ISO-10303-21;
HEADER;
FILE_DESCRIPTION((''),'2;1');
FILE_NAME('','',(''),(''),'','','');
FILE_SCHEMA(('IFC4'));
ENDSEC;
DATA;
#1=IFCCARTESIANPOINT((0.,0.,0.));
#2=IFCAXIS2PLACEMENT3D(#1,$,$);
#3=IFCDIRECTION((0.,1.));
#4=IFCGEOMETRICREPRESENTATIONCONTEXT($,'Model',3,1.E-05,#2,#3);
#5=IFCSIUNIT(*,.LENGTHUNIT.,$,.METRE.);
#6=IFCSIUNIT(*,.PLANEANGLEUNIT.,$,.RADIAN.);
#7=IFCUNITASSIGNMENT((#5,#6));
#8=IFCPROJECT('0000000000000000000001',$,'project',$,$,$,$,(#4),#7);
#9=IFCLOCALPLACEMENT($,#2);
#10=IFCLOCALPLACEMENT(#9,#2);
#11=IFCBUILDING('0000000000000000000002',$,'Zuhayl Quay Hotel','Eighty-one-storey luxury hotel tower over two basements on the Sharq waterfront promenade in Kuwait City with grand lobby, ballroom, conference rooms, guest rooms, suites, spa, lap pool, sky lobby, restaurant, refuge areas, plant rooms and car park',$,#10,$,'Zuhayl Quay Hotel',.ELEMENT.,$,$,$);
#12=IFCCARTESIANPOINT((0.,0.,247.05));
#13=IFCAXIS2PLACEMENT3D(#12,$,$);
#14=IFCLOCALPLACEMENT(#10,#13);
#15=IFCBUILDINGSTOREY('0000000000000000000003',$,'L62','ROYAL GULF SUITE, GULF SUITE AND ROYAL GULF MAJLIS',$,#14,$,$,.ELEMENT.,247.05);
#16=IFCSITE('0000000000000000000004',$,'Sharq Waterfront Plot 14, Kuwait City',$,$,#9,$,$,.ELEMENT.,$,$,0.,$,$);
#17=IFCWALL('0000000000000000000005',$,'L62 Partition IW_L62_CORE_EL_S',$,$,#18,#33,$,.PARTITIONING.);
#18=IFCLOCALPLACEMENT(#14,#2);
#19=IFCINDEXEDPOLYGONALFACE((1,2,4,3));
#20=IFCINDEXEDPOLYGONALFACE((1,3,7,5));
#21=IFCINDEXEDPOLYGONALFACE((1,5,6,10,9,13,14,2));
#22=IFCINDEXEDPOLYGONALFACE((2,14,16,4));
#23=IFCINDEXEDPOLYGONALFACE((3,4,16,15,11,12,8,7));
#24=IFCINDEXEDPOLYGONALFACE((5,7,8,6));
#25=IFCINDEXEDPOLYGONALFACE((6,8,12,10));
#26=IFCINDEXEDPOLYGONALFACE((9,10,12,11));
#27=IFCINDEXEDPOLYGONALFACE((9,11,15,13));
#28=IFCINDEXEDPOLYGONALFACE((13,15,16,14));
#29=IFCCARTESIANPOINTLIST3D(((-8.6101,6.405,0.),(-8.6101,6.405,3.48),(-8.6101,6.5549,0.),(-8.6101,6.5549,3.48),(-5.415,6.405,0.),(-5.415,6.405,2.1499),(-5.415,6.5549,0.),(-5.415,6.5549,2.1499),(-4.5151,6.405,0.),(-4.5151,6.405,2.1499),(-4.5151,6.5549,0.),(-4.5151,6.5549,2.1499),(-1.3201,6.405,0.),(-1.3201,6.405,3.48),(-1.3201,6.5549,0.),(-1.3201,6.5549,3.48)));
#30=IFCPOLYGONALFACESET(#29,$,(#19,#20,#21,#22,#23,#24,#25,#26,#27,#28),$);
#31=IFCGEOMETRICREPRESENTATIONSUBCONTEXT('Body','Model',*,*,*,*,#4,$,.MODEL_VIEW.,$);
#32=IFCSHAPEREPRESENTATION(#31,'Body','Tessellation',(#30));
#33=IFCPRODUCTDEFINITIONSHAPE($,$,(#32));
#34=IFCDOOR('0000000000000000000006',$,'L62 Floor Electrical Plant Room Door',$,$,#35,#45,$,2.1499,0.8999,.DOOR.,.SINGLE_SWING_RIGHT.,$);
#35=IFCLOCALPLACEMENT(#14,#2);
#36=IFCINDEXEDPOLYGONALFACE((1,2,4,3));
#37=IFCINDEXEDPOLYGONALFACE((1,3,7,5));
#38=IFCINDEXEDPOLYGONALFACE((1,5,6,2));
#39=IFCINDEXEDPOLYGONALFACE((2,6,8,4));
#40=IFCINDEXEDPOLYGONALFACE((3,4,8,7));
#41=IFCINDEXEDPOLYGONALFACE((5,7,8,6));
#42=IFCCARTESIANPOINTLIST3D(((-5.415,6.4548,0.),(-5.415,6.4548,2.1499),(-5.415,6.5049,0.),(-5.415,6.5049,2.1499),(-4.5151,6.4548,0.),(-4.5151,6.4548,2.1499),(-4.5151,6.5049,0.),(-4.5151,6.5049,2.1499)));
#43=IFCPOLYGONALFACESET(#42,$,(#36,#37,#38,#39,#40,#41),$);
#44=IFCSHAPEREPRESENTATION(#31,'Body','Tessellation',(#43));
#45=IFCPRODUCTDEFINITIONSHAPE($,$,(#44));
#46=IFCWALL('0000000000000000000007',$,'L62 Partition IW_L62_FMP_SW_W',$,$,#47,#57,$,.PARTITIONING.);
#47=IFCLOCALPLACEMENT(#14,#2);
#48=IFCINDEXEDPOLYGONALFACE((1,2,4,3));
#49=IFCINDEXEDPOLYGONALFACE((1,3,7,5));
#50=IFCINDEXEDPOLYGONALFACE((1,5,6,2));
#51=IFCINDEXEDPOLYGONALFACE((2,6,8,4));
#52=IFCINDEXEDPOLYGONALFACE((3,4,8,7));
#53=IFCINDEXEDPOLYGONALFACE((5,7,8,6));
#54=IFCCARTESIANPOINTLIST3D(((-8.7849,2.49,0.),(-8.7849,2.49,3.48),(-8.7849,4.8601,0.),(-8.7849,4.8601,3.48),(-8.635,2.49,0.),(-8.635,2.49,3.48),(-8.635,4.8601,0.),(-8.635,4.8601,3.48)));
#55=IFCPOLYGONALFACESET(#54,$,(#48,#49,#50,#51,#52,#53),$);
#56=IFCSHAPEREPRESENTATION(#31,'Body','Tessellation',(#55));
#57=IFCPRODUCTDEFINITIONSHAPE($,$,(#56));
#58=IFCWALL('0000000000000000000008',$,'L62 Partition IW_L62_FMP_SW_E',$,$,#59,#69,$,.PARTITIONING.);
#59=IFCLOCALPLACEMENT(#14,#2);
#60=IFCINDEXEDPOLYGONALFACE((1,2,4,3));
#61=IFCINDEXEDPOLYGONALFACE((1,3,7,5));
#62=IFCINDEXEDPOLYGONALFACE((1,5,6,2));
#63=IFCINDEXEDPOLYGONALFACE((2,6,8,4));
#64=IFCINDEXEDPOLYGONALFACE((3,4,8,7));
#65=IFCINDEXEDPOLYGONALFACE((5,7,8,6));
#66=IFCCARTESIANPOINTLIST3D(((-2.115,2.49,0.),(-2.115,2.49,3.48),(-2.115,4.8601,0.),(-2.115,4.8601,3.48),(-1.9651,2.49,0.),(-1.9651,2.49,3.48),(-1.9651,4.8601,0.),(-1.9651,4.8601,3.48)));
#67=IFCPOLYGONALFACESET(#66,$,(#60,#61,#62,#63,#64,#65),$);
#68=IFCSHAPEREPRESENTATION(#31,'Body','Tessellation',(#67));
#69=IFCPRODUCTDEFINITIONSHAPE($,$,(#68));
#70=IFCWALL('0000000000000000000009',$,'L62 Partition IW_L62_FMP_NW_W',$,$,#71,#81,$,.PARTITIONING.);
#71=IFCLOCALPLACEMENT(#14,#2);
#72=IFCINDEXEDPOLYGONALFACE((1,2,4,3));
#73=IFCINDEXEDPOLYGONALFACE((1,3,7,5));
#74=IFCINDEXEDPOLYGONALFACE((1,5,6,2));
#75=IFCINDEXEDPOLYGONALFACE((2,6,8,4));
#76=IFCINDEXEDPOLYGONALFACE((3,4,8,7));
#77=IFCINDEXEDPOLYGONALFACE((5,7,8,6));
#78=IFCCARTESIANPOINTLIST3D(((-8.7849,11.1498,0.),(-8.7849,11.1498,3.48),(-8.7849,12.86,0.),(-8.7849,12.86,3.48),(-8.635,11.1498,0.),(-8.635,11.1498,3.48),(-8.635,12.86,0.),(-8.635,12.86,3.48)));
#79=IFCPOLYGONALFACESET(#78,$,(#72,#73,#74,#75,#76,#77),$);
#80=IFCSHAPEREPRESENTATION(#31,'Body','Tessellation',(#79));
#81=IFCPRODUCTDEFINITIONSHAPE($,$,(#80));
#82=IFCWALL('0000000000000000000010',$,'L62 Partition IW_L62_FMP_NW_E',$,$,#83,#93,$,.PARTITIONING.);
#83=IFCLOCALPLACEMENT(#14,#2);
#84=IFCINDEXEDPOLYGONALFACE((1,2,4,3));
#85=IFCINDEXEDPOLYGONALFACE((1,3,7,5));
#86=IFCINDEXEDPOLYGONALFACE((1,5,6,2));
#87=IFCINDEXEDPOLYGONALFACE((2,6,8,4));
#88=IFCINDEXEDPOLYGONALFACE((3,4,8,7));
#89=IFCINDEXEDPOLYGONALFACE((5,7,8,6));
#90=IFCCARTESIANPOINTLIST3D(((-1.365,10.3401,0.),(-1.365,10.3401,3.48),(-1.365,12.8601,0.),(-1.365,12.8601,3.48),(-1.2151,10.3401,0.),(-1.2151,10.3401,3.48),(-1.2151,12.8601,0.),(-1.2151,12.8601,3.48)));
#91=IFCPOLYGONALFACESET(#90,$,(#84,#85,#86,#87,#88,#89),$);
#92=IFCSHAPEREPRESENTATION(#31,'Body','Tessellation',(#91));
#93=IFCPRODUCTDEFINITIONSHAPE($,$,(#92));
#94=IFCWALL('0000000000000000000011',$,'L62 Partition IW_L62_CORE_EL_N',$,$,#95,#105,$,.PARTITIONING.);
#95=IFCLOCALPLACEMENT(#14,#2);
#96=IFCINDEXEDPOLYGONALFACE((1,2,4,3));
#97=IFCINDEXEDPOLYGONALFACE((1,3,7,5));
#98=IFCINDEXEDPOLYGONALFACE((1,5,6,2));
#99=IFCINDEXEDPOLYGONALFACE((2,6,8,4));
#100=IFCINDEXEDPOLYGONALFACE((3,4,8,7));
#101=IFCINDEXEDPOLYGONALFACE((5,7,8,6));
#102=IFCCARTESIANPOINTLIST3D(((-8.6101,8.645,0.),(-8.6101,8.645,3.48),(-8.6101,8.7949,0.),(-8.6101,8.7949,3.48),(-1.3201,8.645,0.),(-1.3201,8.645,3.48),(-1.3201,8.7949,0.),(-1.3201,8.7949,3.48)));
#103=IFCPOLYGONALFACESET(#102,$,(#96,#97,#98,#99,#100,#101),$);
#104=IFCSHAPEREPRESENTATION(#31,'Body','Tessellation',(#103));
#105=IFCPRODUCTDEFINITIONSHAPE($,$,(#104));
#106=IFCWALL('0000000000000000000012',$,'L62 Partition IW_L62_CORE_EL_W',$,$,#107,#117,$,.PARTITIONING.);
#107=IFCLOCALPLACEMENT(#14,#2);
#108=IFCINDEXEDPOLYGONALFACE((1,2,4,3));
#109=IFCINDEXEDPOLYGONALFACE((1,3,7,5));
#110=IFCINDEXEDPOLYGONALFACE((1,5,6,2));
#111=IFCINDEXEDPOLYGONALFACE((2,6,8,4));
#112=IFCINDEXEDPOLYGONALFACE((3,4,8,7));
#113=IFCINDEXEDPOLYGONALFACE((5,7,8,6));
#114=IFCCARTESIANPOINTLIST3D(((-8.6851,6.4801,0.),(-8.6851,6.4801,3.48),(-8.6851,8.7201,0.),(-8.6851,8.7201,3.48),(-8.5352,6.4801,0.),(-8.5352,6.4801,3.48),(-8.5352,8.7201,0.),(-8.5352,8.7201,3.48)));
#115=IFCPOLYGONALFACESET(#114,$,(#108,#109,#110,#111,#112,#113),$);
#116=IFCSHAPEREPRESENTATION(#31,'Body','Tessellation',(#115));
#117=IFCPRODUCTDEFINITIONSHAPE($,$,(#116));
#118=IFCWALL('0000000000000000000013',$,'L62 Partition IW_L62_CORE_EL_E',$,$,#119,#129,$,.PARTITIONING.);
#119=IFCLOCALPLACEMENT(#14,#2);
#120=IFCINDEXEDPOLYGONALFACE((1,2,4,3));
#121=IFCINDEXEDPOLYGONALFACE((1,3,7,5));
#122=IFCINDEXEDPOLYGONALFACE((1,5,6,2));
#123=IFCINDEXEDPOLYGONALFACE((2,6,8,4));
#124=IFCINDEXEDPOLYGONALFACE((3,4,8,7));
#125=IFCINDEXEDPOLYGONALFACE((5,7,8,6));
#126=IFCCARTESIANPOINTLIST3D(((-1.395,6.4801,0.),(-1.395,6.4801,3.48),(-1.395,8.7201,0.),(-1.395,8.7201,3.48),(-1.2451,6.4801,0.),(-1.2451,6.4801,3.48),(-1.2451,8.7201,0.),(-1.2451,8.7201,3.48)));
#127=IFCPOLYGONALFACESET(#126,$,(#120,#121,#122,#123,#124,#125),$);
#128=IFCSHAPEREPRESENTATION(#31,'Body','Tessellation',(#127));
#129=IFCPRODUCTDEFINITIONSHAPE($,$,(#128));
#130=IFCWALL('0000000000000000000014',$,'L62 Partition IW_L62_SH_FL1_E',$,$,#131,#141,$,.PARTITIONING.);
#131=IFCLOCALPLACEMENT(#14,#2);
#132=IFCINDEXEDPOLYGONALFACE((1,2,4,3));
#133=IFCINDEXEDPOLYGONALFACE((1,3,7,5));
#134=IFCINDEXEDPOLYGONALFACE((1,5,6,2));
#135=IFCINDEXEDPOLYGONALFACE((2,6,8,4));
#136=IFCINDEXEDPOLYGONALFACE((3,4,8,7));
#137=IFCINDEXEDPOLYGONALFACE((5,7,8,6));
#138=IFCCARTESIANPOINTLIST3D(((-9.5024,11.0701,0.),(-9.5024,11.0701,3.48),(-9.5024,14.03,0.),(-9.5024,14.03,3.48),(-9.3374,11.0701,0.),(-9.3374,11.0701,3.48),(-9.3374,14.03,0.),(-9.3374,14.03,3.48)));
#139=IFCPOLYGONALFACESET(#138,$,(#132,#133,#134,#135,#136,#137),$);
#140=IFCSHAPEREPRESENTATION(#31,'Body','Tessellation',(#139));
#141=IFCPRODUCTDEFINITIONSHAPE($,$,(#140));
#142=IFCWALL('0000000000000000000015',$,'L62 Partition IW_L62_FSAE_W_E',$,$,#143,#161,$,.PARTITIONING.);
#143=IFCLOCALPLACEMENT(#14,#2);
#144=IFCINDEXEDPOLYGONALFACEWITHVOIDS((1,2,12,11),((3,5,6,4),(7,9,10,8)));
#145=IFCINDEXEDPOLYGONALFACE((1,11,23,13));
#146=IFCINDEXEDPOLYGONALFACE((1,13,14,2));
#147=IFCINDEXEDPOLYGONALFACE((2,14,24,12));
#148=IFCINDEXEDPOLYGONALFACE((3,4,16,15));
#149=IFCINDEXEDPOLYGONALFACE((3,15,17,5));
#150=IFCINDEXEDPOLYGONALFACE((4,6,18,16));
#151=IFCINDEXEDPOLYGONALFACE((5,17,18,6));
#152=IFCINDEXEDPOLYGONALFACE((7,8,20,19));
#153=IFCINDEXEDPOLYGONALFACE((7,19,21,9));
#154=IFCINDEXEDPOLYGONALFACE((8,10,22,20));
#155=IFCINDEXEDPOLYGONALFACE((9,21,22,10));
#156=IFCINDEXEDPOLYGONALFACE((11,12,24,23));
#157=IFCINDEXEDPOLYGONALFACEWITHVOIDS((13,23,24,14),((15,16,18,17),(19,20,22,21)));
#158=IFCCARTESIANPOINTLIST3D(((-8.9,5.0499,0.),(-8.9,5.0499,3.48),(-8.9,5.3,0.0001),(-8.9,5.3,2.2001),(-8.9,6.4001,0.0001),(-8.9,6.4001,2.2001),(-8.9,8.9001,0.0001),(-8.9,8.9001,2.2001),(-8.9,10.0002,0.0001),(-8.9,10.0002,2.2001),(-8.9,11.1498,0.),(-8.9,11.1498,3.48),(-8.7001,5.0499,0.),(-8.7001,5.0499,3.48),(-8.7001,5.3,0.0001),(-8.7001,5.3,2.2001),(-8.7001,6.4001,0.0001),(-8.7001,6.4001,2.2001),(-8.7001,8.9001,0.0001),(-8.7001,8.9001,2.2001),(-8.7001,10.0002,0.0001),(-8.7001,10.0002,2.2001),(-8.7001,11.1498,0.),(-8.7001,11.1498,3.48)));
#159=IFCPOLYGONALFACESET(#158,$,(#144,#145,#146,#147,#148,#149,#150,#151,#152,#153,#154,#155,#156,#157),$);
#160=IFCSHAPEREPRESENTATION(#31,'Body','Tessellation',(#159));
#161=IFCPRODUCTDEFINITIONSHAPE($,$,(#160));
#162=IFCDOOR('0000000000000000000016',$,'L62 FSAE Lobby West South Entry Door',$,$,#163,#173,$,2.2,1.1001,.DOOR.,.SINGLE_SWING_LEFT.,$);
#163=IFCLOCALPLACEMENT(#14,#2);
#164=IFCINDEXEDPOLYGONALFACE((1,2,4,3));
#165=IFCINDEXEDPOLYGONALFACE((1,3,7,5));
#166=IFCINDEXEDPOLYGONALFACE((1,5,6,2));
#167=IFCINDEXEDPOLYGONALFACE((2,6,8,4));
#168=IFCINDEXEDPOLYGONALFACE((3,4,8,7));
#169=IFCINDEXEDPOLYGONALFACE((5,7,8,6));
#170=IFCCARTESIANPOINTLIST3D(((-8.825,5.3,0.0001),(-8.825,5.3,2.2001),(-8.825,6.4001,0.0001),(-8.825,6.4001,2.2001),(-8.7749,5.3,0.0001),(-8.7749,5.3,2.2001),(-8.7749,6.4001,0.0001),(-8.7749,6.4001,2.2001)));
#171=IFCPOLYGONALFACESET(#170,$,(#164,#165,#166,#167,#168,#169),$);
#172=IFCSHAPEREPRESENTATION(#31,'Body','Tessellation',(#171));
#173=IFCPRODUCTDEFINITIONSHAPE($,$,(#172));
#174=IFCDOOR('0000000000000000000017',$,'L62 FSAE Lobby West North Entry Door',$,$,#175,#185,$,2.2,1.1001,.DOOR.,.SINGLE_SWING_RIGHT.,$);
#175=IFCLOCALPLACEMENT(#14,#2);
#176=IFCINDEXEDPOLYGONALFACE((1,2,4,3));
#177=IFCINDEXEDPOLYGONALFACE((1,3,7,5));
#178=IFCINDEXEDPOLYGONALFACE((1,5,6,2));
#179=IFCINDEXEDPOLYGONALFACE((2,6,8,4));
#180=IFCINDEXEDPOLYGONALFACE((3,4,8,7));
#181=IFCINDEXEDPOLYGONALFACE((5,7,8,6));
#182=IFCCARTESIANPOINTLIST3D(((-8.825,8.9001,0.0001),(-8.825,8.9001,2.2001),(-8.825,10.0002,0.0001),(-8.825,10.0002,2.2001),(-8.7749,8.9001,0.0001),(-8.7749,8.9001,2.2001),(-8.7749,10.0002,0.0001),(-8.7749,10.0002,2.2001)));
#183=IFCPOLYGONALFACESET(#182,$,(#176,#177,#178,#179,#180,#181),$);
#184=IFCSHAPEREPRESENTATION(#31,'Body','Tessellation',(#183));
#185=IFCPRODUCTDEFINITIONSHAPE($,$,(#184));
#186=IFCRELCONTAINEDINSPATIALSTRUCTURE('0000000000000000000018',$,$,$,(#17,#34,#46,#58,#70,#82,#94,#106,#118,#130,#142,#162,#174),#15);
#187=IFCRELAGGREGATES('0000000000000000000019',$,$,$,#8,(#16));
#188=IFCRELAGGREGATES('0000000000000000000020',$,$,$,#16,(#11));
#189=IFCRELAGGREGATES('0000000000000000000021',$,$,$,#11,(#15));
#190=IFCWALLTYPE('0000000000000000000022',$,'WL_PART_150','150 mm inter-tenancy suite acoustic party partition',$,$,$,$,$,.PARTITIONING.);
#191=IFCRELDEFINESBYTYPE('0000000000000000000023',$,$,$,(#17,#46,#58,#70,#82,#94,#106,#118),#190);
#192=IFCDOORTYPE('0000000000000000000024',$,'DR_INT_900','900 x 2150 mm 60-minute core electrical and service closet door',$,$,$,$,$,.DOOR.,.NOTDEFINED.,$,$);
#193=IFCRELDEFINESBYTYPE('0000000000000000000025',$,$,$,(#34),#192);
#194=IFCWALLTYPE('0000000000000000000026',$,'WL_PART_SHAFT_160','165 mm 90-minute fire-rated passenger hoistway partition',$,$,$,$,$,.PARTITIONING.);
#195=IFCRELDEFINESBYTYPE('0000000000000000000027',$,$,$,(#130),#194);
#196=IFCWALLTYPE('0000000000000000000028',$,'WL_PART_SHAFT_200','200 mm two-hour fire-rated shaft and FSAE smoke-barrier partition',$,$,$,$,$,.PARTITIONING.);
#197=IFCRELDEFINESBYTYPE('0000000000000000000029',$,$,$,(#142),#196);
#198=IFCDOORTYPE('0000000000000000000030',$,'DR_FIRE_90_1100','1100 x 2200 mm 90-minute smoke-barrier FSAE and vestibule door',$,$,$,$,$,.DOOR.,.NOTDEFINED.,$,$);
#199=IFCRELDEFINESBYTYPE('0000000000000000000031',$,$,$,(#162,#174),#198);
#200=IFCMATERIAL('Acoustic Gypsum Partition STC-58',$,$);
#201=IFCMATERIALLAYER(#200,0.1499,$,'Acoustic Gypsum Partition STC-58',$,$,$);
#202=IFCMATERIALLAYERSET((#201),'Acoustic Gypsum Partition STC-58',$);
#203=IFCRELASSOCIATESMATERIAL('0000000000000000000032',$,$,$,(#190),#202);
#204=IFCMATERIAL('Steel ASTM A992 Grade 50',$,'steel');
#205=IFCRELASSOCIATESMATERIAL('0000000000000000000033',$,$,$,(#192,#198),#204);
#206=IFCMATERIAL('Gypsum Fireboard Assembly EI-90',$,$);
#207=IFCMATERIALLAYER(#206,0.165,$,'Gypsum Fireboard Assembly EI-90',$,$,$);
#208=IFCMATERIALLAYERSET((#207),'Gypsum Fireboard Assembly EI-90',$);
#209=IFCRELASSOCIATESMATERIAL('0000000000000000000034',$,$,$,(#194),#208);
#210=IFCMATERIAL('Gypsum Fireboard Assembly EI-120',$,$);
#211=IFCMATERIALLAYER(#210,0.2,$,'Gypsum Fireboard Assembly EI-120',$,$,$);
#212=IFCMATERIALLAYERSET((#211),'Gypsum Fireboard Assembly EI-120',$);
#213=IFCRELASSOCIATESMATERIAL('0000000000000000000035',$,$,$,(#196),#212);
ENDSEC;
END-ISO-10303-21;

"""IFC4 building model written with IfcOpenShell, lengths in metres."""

from ifc_helpers import new_model, si_unit, direction, frame, frame_2d, origin, place, context, subcontext, project, spatial, rectangle, extrude, material, layer, layer_set, type_object, element, fill, save


model = new_model("IFC4")

# Units and contexts
model_context = context("Model", 3, precision=1e-05, world=origin(), true_north=direction((0.0, 1.0)))
body_context = subcontext(model_context, "Body", "Model", "MODEL_VIEW")
ifc_project = project(units=[si_unit("LENGTHUNIT", "METRE"), si_unit("PLANEANGLEUNIT", "RADIAN")], contexts=[model_context])

# Site, building, storey
site_placement = place(None, origin())
site = spatial("IfcSite", under=ifc_project, at=site_placement, Name="Sharq Waterfront Plot 14, Kuwait City", CompositionType="ELEMENT", RefElevation=0.0)
building_placement = place(site_placement, origin())
building = spatial("IfcBuilding", under=site, at=building_placement, Name="Zuhayl Quay Hotel", Description="Eighty-one-storey luxury hotel tower over two basements on the Sharq waterfront promenade in Kuwait City with grand lobby, ballroom, conference rooms, guest rooms, suites, spa, lap pool, sky lobby, restaurant, refuge areas, plant rooms and car park", LongName="Zuhayl Quay Hotel", CompositionType="ELEMENT")
storey_placement = place(building_placement, frame((0.0, 0.0, 247.05)))
storey = spatial("IfcBuildingStorey", under=building, at=storey_placement, Name="L62", Description="ROYAL GULF SUITE, GULF SUITE AND ROYAL GULF MAJLIS", CompositionType="ELEMENT", Elevation=247.05)

# Wall, opening, door
ifc_material_1 = material(Name="Acoustic Gypsum Partition STC-58")
ifc_layer_1 = layer(ifc_material_1, 0.1499, Name="Acoustic Gypsum Partition STC-58")
ifc_layer_set_1 = layer_set([ifc_layer_1], Name="Acoustic Gypsum Partition STC-58")
wall_type_1 = type_object("IfcWallType", Name="WL_PART_150", Description="150 mm inter-tenancy suite acoustic party partition", PredefinedType="PARTITIONING", material=ifc_layer_set_1)
ifc_material_2 = material(Name="Steel ASTM A992 Grade 50", Category="steel")
door_type_1 = type_object("IfcDoorType", Name="DR_INT_900", Description="900 x 2150 mm 60-minute core electrical and service closet door", OperationType="NOTDEFINED", PredefinedType="DOOR", material=ifc_material_2)
wall_1_placement = place(storey_placement, frame((-8.6101, 6.48, 0.0), z_axis=(0.0, 0.0, 1.0), x_axis=(1.0, 0.0, 0.0)))
wall_1 = element("IfcWall", 1, at=wall_1_placement, inside=storey, type_object=wall_type_1, Name="L62 Partition IW_L62_CORE_EL_S", PredefinedType="PARTITIONING", context=body_context, shape_type="SweptSolid", body=[
    extrude(rectangle(XDim=7.29, YDim=0.1499, at=frame_2d((3.645, 0.0))), origin(), (0.0, 0.0, 1.0), 3.48),
])
opening_1_placement = place(wall_1_placement, frame((3.1951, 0.0, 0.0)))
opening_1 = element("IfcOpeningElement", 2, at=opening_1_placement, cuts=wall_1, PredefinedType="OPENING", context=body_context, shape_type="SweptSolid", body=[
    extrude(rectangle(XDim=0.8999, YDim=2.1499, at=frame_2d((0.45, 1.075))), frame((0.0, 0.085, 0.0), z_axis=(0.0, -1.0, 0.0), x_axis=(1.0, 0.0, 0.0)), (0.0, 0.0, 1.0), 0.1699),
])
door_1_placement = place(opening_1_placement, origin())
door_1 = element("IfcDoor", 3, at=door_1_placement, inside=storey, type_object=door_type_1, Name="L62 Floor Electrical Plant Room Door", OperationType="SINGLE_SWING_RIGHT", OverallHeight=2.1499, OverallWidth=0.8999, PredefinedType="DOOR", context=body_context, shape_type="SweptSolid", body=[
    extrude(rectangle(XDim=0.8999, YDim=2.1499, at=frame_2d((0.45, 1.075))), frame((0.0, 0.0249, 0.0), z_axis=(0.0, -1.0, 0.0), x_axis=(1.0, 0.0, 0.0)), (0.0, 0.0, 1.0), 0.05),
])
fill(opening_1, door_1)

# Walls
for number, where, z_axis, x_axis, name in (
    (4, (-8.71, 2.49, 0.0), (0.0, 0.0, 1.0), (0.0, 1.0, 0.0), "L62 Partition IW_L62_FMP_SW_W"),
    (5, (-2.04, 2.49, 0.0), (0.0, 0.0, 1.0), (0.0, 1.0, 0.0), "L62 Partition IW_L62_FMP_SW_E"),
):
    element("IfcWall", number, at=place(storey_placement, frame(where, z_axis=z_axis, x_axis=x_axis)), inside=storey, type_object=wall_type_1, Name=name, PredefinedType="PARTITIONING", context=body_context, shape_type="SweptSolid", body=[
        extrude(rectangle(XDim=2.3701, YDim=0.1499, at=frame_2d((1.1851, 0.0))), origin(), (0.0, 0.0, 1.0), 3.48),
    ])
wall_2_placement = place(storey_placement, frame((-8.71, 11.1499, 0.0), z_axis=(0.0, 0.0, 1.0), x_axis=(0.0, 1.0, 0.0)))
element("IfcWall", 6, at=wall_2_placement, inside=storey, type_object=wall_type_1, Name="L62 Partition IW_L62_FMP_NW_W", PredefinedType="PARTITIONING", context=body_context, shape_type="SweptSolid", body=[
    extrude(rectangle(XDim=1.7102, YDim=0.1499, at=frame_2d((0.855, 0.0))), origin(), (0.0, 0.0, 1.0), 3.48),
])
wall_3_placement = place(storey_placement, frame((-1.29, 10.3401, 0.0), z_axis=(0.0, 0.0, 1.0), x_axis=(0.0, 1.0, 0.0)))
element("IfcWall", 7, at=wall_3_placement, inside=storey, type_object=wall_type_1, Name="L62 Partition IW_L62_FMP_NW_E", PredefinedType="PARTITIONING", context=body_context, shape_type="SweptSolid", body=[
    extrude(rectangle(XDim=2.52, YDim=0.1499, at=frame_2d((1.26, 0.0))), origin(), (0.0, 0.0, 1.0), 3.48),
])
wall_4_placement = place(storey_placement, frame((-8.6101, 8.72, 0.0), z_axis=(0.0, 0.0, 1.0), x_axis=(1.0, 0.0, 0.0)))
element("IfcWall", 8, at=wall_4_placement, inside=storey, type_object=wall_type_1, Name="L62 Partition IW_L62_CORE_EL_N", PredefinedType="PARTITIONING", context=body_context, shape_type="SweptSolid", body=[
    extrude(rectangle(XDim=7.29, YDim=0.1499, at=frame_2d((3.645, 0.0))), origin(), (0.0, 0.0, 1.0), 3.48),
])
for number, where, z_axis, x_axis, name in (
    (9, (-8.6101, 6.48, 0.0), (0.0, 0.0, 1.0), (0.0, 1.0, 0.0), "L62 Partition IW_L62_CORE_EL_W"),
    (10, (-1.3201, 6.48, 0.0), (0.0, 0.0, 1.0), (0.0, 1.0, 0.0), "L62 Partition IW_L62_CORE_EL_E"),
):
    element("IfcWall", number, at=place(storey_placement, frame(where, z_axis=z_axis, x_axis=x_axis)), inside=storey, type_object=wall_type_1, Name=name, PredefinedType="PARTITIONING", context=body_context, shape_type="SweptSolid", body=[
        extrude(rectangle(XDim=2.24, YDim=0.1499, at=frame_2d((1.1201, 0.0))), origin(), (0.0, 0.0, 1.0), 3.48),
    ])
ifc_material_3 = material(Name="Gypsum Fireboard Assembly EI-90")
ifc_layer_2 = layer(ifc_material_3, 0.165, Name="Gypsum Fireboard Assembly EI-90")
ifc_layer_set_2 = layer_set([ifc_layer_2], Name="Gypsum Fireboard Assembly EI-90")
wall_type_2 = type_object("IfcWallType", Name="WL_PART_SHAFT_160", Description="165 mm 90-minute fire-rated passenger hoistway partition", PredefinedType="PARTITIONING", material=ifc_layer_set_2)
wall_5_placement = place(storey_placement, frame((-9.4199, 11.0701, 0.0), z_axis=(0.0, 0.0, 1.0), x_axis=(0.0, 1.0, 0.0)))
element("IfcWall", 11, at=wall_5_placement, inside=storey, type_object=wall_type_2, Name="L62 Partition IW_L62_SH_FL1_E", PredefinedType="PARTITIONING", context=body_context, shape_type="SweptSolid", body=[
    extrude(rectangle(XDim=2.96, YDim=0.165, at=frame_2d((1.48, 0.0))), origin(), (0.0, 0.0, 1.0), 3.48),
])

# Wall, openings, doors
ifc_material_4 = material(Name="Gypsum Fireboard Assembly EI-120")
ifc_layer_3 = layer(ifc_material_4, 0.2, Name="Gypsum Fireboard Assembly EI-120")
ifc_layer_set_3 = layer_set([ifc_layer_3], Name="Gypsum Fireboard Assembly EI-120")
wall_type_3 = type_object("IfcWallType", Name="WL_PART_SHAFT_200", Description="200 mm two-hour fire-rated shaft and FSAE smoke-barrier partition", PredefinedType="PARTITIONING", material=ifc_layer_set_3)
wall_6_placement = place(storey_placement, frame((-8.8, 5.05, 0.0), z_axis=(0.0, 0.0, 1.0), x_axis=(0.0, 1.0, 0.0)))
wall_6 = element("IfcWall", 12, at=wall_6_placement, inside=storey, type_object=wall_type_3, Name="L62 Partition IW_L62_FSAE_W_E", PredefinedType="PARTITIONING", context=body_context, shape_type="SweptSolid", body=[
    extrude(rectangle(XDim=6.0999, YDim=0.2, at=frame_2d((3.0498, 0.0))), origin(), (0.0, 0.0, 1.0), 3.48),
])
opening_2_placement = place(wall_6_placement, frame((0.25, 0.0, 0.0)))
opening_2 = element("IfcOpeningElement", 13, at=opening_2_placement, cuts=wall_6, PredefinedType="OPENING", context=body_context, shape_type="SweptSolid", body=[
    extrude(rectangle(XDim=1.1001, YDim=2.2, at=frame_2d((0.55, 1.1001))), frame((0.0, 0.1099, 0.0), z_axis=(0.0, -1.0, 0.0), x_axis=(1.0, 0.0, 0.0)), (0.0, 0.0, 1.0), 0.22),
])
opening_3_placement = place(wall_6_placement, frame((3.8501, 0.0, 0.0)))
opening_3 = element("IfcOpeningElement", 14, at=opening_3_placement, cuts=wall_6, PredefinedType="OPENING", context=body_context, shape_type="SweptSolid", body=[
    extrude(rectangle(XDim=1.1001, YDim=2.2, at=frame_2d((0.55, 1.1001))), frame((0.0, 0.1099, 0.0), z_axis=(0.0, -1.0, 0.0), x_axis=(1.0, 0.0, 0.0)), (0.0, 0.0, 1.0), 0.22),
])
door_type_2 = type_object("IfcDoorType", Name="DR_FIRE_90_1100", Description="1100 x 2200 mm 90-minute smoke-barrier FSAE and vestibule door", OperationType="NOTDEFINED", PredefinedType="DOOR", material=ifc_material_2)
door_2_placement = place(opening_2_placement, origin())
door_2 = element("IfcDoor", 15, at=door_2_placement, inside=storey, type_object=door_type_2, Name="L62 FSAE Lobby West South Entry Door", OperationType="SINGLE_SWING_LEFT", OverallHeight=2.2, OverallWidth=1.1001, PredefinedType="DOOR", context=body_context, shape_type="SweptSolid", body=[
    extrude(rectangle(XDim=1.1001, YDim=2.2, at=frame_2d((0.55, 1.1001))), frame((0.0, 0.0249, 0.0), z_axis=(0.0, -1.0, 0.0), x_axis=(1.0, 0.0, 0.0)), (0.0, 0.0, 1.0), 0.05),
])
fill(opening_2, door_2)
door_3_placement = place(opening_3_placement, origin())
door_3 = element("IfcDoor", 16, at=door_3_placement, inside=storey, type_object=door_type_2, Name="L62 FSAE Lobby West North Entry Door", OperationType="SINGLE_SWING_RIGHT", OverallHeight=2.2, OverallWidth=1.1001, PredefinedType="DOOR", context=body_context, shape_type="SweptSolid", body=[
    extrude(rectangle(XDim=1.1001, YDim=2.2, at=frame_2d((0.55, 1.1001))), frame((0.0, 0.0249, 0.0), z_axis=(0.0, -1.0, 0.0), x_axis=(1.0, 0.0, 0.0)), (0.0, 0.0, 1.0), 0.05),
])
fill(opening_3, door_3)

save(model, "model.ifc")
